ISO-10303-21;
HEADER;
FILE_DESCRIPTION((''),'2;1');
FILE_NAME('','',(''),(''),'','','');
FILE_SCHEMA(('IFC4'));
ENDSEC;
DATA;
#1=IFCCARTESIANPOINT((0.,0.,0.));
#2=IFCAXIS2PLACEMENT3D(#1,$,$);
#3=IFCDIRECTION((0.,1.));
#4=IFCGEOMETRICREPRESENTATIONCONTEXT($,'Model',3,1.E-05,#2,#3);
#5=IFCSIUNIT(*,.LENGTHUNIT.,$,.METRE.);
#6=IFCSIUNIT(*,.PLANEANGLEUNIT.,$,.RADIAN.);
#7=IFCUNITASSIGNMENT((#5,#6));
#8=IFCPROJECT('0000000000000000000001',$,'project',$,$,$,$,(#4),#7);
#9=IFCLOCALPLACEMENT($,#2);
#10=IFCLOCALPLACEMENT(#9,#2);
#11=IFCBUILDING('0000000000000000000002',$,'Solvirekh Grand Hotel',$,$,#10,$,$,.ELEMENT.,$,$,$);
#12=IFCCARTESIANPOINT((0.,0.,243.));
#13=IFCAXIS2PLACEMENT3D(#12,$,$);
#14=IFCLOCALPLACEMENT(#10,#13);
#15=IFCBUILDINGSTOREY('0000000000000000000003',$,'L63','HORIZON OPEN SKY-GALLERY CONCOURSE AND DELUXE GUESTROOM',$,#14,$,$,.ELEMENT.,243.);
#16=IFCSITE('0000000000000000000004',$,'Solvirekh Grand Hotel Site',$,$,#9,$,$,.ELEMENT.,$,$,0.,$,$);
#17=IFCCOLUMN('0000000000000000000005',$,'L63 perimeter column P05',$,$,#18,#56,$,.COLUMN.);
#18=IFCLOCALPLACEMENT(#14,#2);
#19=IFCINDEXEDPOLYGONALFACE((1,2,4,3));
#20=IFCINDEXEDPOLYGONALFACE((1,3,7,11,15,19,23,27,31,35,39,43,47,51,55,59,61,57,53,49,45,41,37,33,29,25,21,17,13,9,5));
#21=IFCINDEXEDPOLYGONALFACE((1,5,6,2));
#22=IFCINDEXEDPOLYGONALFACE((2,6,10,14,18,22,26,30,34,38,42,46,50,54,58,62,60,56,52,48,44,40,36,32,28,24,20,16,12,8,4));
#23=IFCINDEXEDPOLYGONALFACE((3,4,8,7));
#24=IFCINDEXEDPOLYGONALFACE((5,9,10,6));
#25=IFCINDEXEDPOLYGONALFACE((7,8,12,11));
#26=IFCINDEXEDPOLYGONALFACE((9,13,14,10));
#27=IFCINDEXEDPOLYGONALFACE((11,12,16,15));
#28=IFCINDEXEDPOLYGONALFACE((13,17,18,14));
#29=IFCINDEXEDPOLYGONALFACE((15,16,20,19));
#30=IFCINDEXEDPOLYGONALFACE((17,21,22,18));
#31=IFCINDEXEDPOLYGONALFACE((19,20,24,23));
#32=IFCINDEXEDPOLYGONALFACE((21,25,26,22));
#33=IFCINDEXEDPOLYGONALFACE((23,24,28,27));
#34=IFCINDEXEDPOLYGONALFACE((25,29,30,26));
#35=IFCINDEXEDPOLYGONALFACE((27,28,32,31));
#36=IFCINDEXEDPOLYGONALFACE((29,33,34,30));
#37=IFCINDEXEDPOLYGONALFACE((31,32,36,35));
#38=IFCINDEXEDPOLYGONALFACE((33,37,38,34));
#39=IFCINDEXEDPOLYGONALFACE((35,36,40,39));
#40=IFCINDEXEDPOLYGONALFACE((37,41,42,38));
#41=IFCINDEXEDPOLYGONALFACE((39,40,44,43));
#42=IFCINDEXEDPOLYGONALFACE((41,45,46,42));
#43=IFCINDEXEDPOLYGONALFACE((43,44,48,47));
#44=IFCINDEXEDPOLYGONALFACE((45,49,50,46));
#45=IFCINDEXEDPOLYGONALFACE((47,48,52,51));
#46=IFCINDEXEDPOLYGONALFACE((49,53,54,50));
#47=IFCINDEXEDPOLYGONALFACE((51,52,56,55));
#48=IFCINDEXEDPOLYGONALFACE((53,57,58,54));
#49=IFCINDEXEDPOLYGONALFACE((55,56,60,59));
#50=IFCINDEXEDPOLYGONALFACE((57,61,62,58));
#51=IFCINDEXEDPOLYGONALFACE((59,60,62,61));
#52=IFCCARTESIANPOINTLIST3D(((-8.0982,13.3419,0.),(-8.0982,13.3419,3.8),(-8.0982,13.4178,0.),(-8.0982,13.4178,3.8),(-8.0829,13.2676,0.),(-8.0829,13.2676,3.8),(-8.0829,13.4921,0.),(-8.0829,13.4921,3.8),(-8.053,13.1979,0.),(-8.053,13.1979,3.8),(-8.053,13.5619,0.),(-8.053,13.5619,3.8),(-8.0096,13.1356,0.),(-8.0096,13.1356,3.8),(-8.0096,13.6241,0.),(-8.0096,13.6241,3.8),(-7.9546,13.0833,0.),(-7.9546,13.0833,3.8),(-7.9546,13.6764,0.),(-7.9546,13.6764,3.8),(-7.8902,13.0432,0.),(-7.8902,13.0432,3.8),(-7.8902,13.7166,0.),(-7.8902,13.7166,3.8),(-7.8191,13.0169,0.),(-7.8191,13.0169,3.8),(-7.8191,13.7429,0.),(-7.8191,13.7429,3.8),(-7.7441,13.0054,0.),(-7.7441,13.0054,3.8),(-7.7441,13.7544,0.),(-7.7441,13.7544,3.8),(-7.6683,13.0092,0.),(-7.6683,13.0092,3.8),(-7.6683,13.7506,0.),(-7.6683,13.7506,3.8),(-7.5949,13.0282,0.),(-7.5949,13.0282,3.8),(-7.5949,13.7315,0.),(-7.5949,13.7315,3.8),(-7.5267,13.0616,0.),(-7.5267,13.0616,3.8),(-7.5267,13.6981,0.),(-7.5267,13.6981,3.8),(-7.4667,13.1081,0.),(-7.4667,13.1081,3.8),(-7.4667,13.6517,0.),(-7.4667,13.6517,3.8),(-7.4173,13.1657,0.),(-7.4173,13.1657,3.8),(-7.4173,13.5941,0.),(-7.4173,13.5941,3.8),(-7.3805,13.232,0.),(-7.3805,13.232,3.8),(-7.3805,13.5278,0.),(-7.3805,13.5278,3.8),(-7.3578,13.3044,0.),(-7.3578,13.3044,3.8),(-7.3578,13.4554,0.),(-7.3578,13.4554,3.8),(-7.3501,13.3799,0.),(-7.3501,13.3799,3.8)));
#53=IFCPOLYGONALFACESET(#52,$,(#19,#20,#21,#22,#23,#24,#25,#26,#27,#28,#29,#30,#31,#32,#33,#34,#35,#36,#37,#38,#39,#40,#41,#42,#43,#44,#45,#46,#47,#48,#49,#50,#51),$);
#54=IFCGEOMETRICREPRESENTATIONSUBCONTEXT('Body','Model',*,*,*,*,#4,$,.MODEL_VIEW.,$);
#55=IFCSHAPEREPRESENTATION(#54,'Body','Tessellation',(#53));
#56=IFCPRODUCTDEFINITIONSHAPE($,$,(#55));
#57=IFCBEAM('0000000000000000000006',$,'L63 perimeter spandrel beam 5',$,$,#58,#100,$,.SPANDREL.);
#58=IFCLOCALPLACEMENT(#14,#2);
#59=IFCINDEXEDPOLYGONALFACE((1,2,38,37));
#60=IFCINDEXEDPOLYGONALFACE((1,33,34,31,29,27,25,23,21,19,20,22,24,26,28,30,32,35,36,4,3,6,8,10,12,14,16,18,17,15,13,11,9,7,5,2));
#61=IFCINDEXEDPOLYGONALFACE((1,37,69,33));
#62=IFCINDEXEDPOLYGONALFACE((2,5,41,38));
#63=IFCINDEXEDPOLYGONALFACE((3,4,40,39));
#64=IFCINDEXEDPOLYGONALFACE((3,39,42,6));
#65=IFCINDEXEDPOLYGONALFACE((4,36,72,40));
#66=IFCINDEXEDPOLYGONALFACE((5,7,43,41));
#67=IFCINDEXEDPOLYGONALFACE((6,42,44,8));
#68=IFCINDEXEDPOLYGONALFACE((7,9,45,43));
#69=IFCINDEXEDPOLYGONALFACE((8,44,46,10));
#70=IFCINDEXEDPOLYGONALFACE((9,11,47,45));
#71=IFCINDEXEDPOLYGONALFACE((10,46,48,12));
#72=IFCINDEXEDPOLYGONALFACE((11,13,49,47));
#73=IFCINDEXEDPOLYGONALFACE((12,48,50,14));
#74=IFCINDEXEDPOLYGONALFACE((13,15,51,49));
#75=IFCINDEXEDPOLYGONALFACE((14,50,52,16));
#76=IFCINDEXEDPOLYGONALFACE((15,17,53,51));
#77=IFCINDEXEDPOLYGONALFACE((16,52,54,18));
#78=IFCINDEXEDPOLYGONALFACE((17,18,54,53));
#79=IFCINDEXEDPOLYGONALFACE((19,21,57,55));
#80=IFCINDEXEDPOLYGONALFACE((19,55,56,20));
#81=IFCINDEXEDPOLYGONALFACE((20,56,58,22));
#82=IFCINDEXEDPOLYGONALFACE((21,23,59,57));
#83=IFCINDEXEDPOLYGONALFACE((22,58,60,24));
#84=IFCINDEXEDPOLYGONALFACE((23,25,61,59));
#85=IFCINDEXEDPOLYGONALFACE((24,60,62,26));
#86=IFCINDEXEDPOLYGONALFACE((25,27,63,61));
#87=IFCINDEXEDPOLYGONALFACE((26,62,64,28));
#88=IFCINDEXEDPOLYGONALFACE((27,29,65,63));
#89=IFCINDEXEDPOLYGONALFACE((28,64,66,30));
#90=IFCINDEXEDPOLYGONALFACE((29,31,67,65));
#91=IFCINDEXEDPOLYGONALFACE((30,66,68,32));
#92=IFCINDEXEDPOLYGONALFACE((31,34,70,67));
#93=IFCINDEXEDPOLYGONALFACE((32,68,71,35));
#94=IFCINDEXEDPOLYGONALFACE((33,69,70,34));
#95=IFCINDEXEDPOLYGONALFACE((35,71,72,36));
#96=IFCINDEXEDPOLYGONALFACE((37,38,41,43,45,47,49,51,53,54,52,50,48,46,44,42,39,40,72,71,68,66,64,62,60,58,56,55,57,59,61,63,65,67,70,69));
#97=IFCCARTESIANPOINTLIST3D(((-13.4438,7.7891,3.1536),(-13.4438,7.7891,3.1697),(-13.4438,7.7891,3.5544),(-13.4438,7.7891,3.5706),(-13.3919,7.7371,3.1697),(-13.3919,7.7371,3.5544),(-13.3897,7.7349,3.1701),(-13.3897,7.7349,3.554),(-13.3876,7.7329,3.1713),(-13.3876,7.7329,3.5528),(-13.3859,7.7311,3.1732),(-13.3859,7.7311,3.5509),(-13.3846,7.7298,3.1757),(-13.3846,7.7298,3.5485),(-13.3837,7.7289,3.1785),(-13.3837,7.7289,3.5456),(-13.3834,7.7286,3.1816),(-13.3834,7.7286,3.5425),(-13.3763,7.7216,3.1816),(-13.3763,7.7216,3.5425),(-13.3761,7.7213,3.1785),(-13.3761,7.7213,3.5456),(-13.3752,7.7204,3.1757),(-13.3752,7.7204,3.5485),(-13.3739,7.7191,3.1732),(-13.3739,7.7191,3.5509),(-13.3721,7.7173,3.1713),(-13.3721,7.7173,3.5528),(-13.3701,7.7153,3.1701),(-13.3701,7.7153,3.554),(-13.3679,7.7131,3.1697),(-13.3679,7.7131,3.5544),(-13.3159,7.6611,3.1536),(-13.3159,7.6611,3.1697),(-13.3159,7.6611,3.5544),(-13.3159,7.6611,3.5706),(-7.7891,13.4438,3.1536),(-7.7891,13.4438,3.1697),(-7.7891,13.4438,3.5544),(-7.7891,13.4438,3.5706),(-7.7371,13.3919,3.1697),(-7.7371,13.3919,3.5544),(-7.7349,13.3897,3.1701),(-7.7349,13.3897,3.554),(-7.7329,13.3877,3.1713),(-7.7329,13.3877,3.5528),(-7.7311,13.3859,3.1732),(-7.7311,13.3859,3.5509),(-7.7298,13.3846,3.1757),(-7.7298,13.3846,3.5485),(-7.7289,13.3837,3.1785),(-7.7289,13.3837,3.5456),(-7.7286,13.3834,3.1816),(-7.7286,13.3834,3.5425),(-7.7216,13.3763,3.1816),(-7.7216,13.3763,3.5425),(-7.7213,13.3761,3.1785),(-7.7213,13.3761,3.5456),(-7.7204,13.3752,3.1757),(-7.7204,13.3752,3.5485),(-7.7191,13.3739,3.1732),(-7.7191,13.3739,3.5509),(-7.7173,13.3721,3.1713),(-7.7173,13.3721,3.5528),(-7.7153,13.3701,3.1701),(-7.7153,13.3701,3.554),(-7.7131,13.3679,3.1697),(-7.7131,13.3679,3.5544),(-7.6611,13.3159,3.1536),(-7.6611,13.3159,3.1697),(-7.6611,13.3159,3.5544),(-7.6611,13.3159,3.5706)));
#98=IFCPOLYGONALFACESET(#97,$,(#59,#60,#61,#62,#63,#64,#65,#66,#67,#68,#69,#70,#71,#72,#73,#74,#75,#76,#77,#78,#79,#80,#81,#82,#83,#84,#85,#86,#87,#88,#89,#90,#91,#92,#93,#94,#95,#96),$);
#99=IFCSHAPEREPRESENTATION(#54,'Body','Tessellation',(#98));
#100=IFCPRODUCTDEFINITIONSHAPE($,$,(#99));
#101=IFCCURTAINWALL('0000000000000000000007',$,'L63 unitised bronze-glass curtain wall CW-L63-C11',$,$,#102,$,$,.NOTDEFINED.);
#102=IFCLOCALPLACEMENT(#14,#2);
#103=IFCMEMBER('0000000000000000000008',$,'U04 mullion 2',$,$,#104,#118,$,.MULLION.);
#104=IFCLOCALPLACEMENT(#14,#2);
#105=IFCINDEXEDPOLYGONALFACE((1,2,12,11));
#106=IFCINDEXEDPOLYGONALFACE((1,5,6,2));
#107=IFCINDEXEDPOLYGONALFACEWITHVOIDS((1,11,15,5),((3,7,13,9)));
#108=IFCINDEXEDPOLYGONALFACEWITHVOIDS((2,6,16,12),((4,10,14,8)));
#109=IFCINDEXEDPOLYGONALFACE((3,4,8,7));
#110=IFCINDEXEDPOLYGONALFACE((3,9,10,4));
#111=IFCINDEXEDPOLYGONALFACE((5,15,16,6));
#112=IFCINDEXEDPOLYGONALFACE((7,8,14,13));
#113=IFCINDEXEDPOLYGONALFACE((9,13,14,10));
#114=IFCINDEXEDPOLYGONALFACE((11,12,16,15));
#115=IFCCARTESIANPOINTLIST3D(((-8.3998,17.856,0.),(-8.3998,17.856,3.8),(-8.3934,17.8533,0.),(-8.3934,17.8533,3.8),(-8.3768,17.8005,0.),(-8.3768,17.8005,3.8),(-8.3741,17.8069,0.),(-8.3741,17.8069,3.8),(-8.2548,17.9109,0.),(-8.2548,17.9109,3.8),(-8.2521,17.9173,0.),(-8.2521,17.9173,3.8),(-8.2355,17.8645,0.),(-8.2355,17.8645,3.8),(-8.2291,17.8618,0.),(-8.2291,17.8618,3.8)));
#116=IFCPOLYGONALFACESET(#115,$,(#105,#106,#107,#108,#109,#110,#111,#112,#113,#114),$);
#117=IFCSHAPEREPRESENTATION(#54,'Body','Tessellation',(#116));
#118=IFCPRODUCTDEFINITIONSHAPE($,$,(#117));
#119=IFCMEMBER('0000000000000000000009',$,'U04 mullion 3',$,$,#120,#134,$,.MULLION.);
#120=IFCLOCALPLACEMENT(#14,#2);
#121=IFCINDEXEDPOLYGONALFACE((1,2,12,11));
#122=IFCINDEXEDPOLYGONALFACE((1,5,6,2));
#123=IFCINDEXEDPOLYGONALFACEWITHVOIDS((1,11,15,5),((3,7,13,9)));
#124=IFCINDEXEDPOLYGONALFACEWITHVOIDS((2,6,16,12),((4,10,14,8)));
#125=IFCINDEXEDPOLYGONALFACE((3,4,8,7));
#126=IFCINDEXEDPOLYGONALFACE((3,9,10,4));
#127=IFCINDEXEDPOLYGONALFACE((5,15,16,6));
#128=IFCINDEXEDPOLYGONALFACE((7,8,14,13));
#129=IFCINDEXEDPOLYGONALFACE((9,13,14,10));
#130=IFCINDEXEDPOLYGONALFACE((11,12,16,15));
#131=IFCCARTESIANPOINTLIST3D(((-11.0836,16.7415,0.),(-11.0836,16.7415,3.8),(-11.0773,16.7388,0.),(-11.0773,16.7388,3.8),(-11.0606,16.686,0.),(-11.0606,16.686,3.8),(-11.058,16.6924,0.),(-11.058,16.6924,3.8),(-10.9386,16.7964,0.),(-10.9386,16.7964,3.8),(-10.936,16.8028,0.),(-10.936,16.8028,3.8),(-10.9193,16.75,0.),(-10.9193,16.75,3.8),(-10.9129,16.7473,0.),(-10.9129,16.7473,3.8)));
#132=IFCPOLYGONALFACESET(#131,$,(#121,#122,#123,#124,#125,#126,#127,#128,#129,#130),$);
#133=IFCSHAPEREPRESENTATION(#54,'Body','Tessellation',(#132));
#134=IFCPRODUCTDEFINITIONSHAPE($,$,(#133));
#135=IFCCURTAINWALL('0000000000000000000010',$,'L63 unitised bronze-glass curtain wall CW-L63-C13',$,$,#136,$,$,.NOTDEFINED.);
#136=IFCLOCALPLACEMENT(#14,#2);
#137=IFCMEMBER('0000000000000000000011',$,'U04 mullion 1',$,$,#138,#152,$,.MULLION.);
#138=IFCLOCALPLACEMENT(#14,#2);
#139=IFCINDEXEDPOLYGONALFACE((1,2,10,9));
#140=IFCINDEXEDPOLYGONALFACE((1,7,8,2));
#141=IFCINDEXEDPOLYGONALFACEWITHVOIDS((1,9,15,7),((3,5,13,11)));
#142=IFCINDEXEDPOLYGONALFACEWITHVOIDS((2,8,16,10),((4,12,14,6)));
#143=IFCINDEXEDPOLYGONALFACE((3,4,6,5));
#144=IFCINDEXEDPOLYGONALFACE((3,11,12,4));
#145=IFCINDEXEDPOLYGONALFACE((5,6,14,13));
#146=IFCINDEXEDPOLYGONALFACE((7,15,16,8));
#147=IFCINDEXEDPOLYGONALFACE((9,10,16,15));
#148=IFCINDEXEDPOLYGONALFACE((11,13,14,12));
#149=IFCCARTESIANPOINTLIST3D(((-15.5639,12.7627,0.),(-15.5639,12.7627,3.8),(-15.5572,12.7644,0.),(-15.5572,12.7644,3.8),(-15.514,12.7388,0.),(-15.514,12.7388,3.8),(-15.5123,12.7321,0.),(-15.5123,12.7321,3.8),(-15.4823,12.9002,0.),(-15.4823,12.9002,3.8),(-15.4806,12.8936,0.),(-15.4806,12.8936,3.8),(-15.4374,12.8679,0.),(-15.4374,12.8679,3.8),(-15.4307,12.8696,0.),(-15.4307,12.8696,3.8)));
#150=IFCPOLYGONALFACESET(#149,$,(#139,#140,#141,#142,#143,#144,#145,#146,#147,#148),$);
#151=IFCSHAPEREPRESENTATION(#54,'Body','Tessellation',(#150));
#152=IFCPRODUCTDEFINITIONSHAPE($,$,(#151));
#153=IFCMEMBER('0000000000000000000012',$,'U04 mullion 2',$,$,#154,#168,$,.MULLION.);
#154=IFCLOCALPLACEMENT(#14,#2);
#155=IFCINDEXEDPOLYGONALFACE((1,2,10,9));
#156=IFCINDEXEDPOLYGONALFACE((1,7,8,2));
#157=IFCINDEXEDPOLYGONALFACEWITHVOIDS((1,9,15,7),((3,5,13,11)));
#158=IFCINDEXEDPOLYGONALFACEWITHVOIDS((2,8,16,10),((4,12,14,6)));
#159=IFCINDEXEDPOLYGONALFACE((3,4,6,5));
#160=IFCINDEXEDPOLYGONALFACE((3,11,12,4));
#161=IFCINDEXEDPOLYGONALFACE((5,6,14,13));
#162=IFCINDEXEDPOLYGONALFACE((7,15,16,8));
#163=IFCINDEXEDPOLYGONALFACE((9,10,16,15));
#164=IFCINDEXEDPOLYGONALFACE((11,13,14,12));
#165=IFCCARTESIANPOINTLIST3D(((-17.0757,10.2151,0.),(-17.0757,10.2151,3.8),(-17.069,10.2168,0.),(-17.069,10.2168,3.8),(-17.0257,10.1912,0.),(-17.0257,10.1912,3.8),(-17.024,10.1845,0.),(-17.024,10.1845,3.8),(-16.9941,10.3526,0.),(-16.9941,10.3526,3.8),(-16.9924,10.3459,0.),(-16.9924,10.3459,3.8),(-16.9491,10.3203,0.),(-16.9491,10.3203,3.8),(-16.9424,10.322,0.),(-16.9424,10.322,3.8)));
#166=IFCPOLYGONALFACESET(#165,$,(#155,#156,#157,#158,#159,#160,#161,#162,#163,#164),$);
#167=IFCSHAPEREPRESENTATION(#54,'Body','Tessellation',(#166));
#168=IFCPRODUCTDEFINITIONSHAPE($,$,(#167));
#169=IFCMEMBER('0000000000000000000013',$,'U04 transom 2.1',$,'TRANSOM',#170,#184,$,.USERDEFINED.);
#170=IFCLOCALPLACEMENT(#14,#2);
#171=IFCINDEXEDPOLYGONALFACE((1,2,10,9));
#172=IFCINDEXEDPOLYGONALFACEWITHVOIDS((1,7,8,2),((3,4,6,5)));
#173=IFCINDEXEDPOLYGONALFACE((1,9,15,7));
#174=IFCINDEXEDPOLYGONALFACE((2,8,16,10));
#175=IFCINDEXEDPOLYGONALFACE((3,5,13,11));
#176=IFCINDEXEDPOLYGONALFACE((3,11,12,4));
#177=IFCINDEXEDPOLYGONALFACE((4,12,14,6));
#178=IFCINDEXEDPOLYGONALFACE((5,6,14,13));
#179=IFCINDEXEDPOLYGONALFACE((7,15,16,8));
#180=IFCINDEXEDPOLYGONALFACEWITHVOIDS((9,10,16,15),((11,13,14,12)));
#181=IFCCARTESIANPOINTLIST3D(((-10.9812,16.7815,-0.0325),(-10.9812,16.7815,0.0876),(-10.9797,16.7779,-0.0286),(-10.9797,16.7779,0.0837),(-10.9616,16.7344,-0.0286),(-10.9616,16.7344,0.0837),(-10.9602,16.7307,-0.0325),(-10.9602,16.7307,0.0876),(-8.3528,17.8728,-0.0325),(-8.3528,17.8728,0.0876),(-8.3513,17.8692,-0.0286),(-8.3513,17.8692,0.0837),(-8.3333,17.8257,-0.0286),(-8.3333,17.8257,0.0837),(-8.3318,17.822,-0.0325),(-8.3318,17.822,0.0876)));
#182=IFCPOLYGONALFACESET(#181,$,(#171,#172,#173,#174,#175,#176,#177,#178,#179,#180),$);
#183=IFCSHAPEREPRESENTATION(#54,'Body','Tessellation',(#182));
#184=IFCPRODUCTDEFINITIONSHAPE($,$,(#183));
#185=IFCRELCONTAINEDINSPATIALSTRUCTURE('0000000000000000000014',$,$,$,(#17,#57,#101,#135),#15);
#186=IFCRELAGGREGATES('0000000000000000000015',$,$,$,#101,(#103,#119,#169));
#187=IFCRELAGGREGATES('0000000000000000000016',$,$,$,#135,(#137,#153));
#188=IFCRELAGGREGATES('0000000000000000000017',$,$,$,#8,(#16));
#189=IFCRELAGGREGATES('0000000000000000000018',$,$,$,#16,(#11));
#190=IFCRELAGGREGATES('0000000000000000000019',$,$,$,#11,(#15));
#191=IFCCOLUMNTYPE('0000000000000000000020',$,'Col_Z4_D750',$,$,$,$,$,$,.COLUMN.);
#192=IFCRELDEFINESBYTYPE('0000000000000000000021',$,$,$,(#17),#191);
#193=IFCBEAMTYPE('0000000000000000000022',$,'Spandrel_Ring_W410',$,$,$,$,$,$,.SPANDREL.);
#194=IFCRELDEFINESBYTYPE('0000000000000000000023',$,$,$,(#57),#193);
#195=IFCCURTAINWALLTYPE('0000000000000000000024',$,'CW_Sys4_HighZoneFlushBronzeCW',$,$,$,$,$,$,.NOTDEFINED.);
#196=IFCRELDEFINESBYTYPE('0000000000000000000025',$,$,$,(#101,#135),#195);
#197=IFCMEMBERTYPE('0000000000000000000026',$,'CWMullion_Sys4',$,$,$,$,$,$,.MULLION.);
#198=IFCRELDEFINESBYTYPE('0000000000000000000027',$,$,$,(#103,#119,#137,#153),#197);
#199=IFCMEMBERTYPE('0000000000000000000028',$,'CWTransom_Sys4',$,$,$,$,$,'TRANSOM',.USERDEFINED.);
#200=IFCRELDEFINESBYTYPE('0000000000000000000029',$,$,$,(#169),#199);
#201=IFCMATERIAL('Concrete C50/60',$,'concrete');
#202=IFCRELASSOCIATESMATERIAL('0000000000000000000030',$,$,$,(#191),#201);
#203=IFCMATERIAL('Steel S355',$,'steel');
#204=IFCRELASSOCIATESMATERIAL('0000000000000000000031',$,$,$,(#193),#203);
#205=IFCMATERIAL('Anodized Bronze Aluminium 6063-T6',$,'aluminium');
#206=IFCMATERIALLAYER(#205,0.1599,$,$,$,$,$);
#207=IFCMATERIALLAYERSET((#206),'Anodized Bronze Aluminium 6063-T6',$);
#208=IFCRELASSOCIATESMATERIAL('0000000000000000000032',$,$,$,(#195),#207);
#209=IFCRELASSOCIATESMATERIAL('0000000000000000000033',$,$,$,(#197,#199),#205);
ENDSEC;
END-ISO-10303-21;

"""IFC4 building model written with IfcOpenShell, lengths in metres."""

from ifc_helpers import new_model, si_unit, direction, frame, origin, origin_2d, place, context, subcontext, project, spatial, hollow_rectangle, circle, i_section, extrude, source, transform, mapped, material, layer, layer_set, material_profile, profile_set, type_object, element, aggregate, save


model = new_model("IFC4")

# Units and contexts
model_context = context("Model", 3, precision=1e-05, world=origin(), true_north=direction((0.0, 1.0)))
body_context = subcontext(model_context, "Body", "Model", "MODEL_VIEW")
ifc_project = project(units=[si_unit("LENGTHUNIT", "METRE"), si_unit("PLANEANGLEUNIT", "RADIAN")], contexts=[model_context])

# Site, building, storey
site_placement = place(None, origin())
site = spatial("IfcSite", under=ifc_project, at=site_placement, Name="Solvirekh Grand Hotel Site", CompositionType="ELEMENT", RefElevation=0.0)
building_placement = place(site_placement, origin())
building = spatial("IfcBuilding", under=site, at=building_placement, Name="Solvirekh Grand Hotel", CompositionType="ELEMENT")
storey_placement = place(building_placement, frame((0.0, 0.0, 243.0)))
storey = spatial("IfcBuildingStorey", under=building, at=storey_placement, Name="L63", Description="HORIZON OPEN SKY-GALLERY CONCOURSE AND DELUXE GUESTROOM", CompositionType="ELEMENT", Elevation=243.0)

# Column
ifc_material_1 = material(Name="Concrete C50/60", Category="concrete")
ifc_material_profile_1 = material_profile(ifc_material_1, circle(Radius=0.375, at=origin_2d()), Name="RC CIRC D750")
ifc_profile_set_1 = profile_set([ifc_material_profile_1], Name="Concrete C50/60")
column_type = type_object("IfcColumnType", Name="Col_Z4_D750", PredefinedType="COLUMN", material=ifc_profile_set_1)
column_placement = place(storey_placement, frame((-7.7251, 13.3799, 0.0), z_axis=(0.0, 0.0, 1.0), x_axis=(1.0, 0.0, 0.0)))
element("IfcColumn", 1, at=column_placement, inside=storey, type_object=column_type, Name="L63 perimeter column P05", PredefinedType="COLUMN", context=body_context, shape_type="SweptSolid", body=[
    extrude(circle(Radius=0.375, at=origin_2d()), origin(), (0.0, 0.0, 1.0), 3.8),
])

# Beam
ifc_material_2 = material(Name="Steel S355", Category="steel")
ifc_material_profile_2 = material_profile(ifc_material_2, i_section(OverallWidth=0.1809, OverallDepth=0.417, WebThickness=0.01, FlangeThickness=0.0161, FilletRadius=0.012, at=origin_2d()), Name="W410X85")
ifc_profile_set_2 = profile_set([ifc_material_profile_2], Name="Steel S355")
beam_type = type_object("IfcBeamType", Name="Spandrel_Ring_W410", PredefinedType="SPANDREL", material=ifc_profile_set_2)
beam_placement = place(storey_placement, frame((-7.7251, 13.3799, 3.3621), z_axis=(-0.707107, -0.707107, 0.0), x_axis=(0.707107, -0.707107, 0.0)))
element("IfcBeam", 2, at=beam_placement, inside=storey, type_object=beam_type, Name="L63 perimeter spandrel beam 5", PredefinedType="SPANDREL", context=body_context, shape_type="SweptSolid", body=[
    extrude(i_section(OverallWidth=0.1809, OverallDepth=0.417, WebThickness=0.01, FlangeThickness=0.0161, FilletRadius=0.012, at=origin_2d()), origin(), (0.0, 0.0, 1.0), 7.9971),
])

# Curtain walls, members
ifc_material_3 = material(Name="Anodized Bronze Aluminium 6063-T6", Category="aluminium")
ifc_layer_1 = layer(ifc_material_3, 0.1599)
ifc_layer_set_1 = layer_set([ifc_layer_1], Name="Anodized Bronze Aluminium 6063-T6")
curtain_wall_type = type_object("IfcCurtainWallType", Name="CW_Sys4_HighZoneFlushBronzeCW", PredefinedType="NOTDEFINED", material=ifc_layer_set_1)
curtain_wall_1_placement = place(storey_placement, origin())
curtain_wall_1 = element("IfcCurtainWall", 3, at=curtain_wall_1_placement, inside=storey, type_object=curtain_wall_type, Name="L63 unitised bronze-glass curtain wall CW-L63-C11", PredefinedType="NOTDEFINED")
ifc_material_profile_3 = material_profile(ifc_material_3, hollow_rectangle(XDim=0.0601, YDim=0.1599, WallThickness=0.0049, at=origin_2d()), Name="ALU RHS 160X60X5")
ifc_profile_set_3 = profile_set([ifc_material_profile_3], Name="Anodized Bronze Aluminium 6063-T6")
member_type_1 = type_object("IfcMemberType", Name="CWMullion_Sys4", PredefinedType="MULLION", material=ifc_profile_set_3)
shared_shape_1 = source(origin(), body_context, "Body", "SweptSolid", [
    extrude(hollow_rectangle(XDim=0.0601, YDim=0.1599, WallThickness=0.0049, at=origin_2d()), origin(), (0.0, 0.0, 1.0), 3.8),
])
member_1_placement = place(storey_placement, frame((-8.3145, 17.8589, 0.0), z_axis=(0.0, 0.0, 1.0), x_axis=(0.383515, -0.923535, 0.0)))
member_1 = element("IfcMember", 4, at=member_1_placement, type_object=member_type_1, Name="U04 mullion 2", PredefinedType="MULLION", context=body_context, shape_type="MappedRepresentation", body=[
    mapped(shared_shape_1, transform((0.0, 0.0, 0.0), x_axis=(1.0, 0.0, 0.0), y_axis=(0.0, 1.0, 0.0), z_axis=(0.0, 0.0, 1.0), scale=1.0)),
])
member_2_placement = place(storey_placement, frame((-10.9983, 16.7444, 0.0), z_axis=(0.0, 0.0, 1.0), x_axis=(0.383515, -0.923535, 0.0)))
member_2 = element("IfcMember", 5, at=member_2_placement, type_object=member_type_1, Name="U04 mullion 3", PredefinedType="MULLION", context=body_context, shape_type="MappedRepresentation", body=[
    mapped(shared_shape_1, transform((0.0, 0.0, 0.0), x_axis=(1.0, 0.0, 0.0), y_axis=(0.0, 1.0, 0.0), z_axis=(0.0, 0.0, 1.0), scale=1.0)),
])
curtain_wall_2_placement = place(storey_placement, origin())
curtain_wall_2 = element("IfcCurtainWall", 6, at=curtain_wall_2_placement, inside=storey, type_object=curtain_wall_type, Name="L63 unitised bronze-glass curtain wall CW-L63-C13", PredefinedType="NOTDEFINED")
member_3_placement = place(storey_placement, frame((-15.4973, 12.8162, 0.0), z_axis=(0.0, 0.0, 1.0), x_axis=(0.860004, -0.510288, 0.0)))
member_3 = element("IfcMember", 7, at=member_3_placement, type_object=member_type_1, Name="U04 mullion 1", PredefinedType="MULLION", context=body_context, shape_type="MappedRepresentation", body=[
    mapped(shared_shape_1, transform((0.0, 0.0, 0.0), x_axis=(1.0, 0.0, 0.0), y_axis=(0.0, 1.0, 0.0), z_axis=(0.0, 0.0, 1.0), scale=1.0)),
])
member_4_placement = place(storey_placement, frame((-17.009, 10.2686, 0.0), z_axis=(0.0, 0.0, 1.0), x_axis=(0.860004, -0.510288, 0.0)))
member_4 = element("IfcMember", 8, at=member_4_placement, type_object=member_type_1, Name="U04 mullion 2", PredefinedType="MULLION", context=body_context, shape_type="MappedRepresentation", body=[
    mapped(shared_shape_1, transform((0.0, 0.0, 0.0), x_axis=(1.0, 0.0, 0.0), y_axis=(0.0, 1.0, 0.0), z_axis=(0.0, 0.0, 1.0), scale=1.0)),
])

# Member
ifc_material_profile_4 = material_profile(ifc_material_3, hollow_rectangle(XDim=0.0549, YDim=0.1201, WallThickness=0.0039, at=origin_2d()), Name="ALU RHS 120X55X4")
ifc_profile_set_4 = profile_set([ifc_material_profile_4], Name="Anodized Bronze Aluminium 6063-T6")
member_type_2 = type_object("IfcMemberType", Name="CWTransom_Sys4", ElementType="TRANSOM", PredefinedType="USERDEFINED", material=ifc_profile_set_4)
shared_shape_2 = source(origin(), body_context, "Body", "SweptSolid", [
    extrude(hollow_rectangle(XDim=0.0549, YDim=0.1201, WallThickness=0.0039, at=origin_2d()), origin(), (0.0, 0.0, 1.0), 2.8459),
])
member_5_placement = place(storey_placement, frame((-8.3423, 17.8474, 0.0276), z_axis=(-0.923558, -0.383458, 0.0), x_axis=(0.383458, -0.923558, 0.0)))
member_5 = element("IfcMember", 9, at=member_5_placement, type_object=member_type_2, Name="U04 transom 2.1", ObjectType="TRANSOM", PredefinedType="USERDEFINED", context=body_context, shape_type="MappedRepresentation", body=[
    mapped(shared_shape_2, transform((0.0, 0.0, 0.0), x_axis=(1.0, 0.0, 0.0), y_axis=(0.0, 1.0, 0.0), z_axis=(0.0, 0.0, 1.0), scale=1.0)),
])

aggregate(curtain_wall_1, [member_1, member_2, member_5])
aggregate(curtain_wall_2, [member_3, member_4])

save(model, "model.ifc")
